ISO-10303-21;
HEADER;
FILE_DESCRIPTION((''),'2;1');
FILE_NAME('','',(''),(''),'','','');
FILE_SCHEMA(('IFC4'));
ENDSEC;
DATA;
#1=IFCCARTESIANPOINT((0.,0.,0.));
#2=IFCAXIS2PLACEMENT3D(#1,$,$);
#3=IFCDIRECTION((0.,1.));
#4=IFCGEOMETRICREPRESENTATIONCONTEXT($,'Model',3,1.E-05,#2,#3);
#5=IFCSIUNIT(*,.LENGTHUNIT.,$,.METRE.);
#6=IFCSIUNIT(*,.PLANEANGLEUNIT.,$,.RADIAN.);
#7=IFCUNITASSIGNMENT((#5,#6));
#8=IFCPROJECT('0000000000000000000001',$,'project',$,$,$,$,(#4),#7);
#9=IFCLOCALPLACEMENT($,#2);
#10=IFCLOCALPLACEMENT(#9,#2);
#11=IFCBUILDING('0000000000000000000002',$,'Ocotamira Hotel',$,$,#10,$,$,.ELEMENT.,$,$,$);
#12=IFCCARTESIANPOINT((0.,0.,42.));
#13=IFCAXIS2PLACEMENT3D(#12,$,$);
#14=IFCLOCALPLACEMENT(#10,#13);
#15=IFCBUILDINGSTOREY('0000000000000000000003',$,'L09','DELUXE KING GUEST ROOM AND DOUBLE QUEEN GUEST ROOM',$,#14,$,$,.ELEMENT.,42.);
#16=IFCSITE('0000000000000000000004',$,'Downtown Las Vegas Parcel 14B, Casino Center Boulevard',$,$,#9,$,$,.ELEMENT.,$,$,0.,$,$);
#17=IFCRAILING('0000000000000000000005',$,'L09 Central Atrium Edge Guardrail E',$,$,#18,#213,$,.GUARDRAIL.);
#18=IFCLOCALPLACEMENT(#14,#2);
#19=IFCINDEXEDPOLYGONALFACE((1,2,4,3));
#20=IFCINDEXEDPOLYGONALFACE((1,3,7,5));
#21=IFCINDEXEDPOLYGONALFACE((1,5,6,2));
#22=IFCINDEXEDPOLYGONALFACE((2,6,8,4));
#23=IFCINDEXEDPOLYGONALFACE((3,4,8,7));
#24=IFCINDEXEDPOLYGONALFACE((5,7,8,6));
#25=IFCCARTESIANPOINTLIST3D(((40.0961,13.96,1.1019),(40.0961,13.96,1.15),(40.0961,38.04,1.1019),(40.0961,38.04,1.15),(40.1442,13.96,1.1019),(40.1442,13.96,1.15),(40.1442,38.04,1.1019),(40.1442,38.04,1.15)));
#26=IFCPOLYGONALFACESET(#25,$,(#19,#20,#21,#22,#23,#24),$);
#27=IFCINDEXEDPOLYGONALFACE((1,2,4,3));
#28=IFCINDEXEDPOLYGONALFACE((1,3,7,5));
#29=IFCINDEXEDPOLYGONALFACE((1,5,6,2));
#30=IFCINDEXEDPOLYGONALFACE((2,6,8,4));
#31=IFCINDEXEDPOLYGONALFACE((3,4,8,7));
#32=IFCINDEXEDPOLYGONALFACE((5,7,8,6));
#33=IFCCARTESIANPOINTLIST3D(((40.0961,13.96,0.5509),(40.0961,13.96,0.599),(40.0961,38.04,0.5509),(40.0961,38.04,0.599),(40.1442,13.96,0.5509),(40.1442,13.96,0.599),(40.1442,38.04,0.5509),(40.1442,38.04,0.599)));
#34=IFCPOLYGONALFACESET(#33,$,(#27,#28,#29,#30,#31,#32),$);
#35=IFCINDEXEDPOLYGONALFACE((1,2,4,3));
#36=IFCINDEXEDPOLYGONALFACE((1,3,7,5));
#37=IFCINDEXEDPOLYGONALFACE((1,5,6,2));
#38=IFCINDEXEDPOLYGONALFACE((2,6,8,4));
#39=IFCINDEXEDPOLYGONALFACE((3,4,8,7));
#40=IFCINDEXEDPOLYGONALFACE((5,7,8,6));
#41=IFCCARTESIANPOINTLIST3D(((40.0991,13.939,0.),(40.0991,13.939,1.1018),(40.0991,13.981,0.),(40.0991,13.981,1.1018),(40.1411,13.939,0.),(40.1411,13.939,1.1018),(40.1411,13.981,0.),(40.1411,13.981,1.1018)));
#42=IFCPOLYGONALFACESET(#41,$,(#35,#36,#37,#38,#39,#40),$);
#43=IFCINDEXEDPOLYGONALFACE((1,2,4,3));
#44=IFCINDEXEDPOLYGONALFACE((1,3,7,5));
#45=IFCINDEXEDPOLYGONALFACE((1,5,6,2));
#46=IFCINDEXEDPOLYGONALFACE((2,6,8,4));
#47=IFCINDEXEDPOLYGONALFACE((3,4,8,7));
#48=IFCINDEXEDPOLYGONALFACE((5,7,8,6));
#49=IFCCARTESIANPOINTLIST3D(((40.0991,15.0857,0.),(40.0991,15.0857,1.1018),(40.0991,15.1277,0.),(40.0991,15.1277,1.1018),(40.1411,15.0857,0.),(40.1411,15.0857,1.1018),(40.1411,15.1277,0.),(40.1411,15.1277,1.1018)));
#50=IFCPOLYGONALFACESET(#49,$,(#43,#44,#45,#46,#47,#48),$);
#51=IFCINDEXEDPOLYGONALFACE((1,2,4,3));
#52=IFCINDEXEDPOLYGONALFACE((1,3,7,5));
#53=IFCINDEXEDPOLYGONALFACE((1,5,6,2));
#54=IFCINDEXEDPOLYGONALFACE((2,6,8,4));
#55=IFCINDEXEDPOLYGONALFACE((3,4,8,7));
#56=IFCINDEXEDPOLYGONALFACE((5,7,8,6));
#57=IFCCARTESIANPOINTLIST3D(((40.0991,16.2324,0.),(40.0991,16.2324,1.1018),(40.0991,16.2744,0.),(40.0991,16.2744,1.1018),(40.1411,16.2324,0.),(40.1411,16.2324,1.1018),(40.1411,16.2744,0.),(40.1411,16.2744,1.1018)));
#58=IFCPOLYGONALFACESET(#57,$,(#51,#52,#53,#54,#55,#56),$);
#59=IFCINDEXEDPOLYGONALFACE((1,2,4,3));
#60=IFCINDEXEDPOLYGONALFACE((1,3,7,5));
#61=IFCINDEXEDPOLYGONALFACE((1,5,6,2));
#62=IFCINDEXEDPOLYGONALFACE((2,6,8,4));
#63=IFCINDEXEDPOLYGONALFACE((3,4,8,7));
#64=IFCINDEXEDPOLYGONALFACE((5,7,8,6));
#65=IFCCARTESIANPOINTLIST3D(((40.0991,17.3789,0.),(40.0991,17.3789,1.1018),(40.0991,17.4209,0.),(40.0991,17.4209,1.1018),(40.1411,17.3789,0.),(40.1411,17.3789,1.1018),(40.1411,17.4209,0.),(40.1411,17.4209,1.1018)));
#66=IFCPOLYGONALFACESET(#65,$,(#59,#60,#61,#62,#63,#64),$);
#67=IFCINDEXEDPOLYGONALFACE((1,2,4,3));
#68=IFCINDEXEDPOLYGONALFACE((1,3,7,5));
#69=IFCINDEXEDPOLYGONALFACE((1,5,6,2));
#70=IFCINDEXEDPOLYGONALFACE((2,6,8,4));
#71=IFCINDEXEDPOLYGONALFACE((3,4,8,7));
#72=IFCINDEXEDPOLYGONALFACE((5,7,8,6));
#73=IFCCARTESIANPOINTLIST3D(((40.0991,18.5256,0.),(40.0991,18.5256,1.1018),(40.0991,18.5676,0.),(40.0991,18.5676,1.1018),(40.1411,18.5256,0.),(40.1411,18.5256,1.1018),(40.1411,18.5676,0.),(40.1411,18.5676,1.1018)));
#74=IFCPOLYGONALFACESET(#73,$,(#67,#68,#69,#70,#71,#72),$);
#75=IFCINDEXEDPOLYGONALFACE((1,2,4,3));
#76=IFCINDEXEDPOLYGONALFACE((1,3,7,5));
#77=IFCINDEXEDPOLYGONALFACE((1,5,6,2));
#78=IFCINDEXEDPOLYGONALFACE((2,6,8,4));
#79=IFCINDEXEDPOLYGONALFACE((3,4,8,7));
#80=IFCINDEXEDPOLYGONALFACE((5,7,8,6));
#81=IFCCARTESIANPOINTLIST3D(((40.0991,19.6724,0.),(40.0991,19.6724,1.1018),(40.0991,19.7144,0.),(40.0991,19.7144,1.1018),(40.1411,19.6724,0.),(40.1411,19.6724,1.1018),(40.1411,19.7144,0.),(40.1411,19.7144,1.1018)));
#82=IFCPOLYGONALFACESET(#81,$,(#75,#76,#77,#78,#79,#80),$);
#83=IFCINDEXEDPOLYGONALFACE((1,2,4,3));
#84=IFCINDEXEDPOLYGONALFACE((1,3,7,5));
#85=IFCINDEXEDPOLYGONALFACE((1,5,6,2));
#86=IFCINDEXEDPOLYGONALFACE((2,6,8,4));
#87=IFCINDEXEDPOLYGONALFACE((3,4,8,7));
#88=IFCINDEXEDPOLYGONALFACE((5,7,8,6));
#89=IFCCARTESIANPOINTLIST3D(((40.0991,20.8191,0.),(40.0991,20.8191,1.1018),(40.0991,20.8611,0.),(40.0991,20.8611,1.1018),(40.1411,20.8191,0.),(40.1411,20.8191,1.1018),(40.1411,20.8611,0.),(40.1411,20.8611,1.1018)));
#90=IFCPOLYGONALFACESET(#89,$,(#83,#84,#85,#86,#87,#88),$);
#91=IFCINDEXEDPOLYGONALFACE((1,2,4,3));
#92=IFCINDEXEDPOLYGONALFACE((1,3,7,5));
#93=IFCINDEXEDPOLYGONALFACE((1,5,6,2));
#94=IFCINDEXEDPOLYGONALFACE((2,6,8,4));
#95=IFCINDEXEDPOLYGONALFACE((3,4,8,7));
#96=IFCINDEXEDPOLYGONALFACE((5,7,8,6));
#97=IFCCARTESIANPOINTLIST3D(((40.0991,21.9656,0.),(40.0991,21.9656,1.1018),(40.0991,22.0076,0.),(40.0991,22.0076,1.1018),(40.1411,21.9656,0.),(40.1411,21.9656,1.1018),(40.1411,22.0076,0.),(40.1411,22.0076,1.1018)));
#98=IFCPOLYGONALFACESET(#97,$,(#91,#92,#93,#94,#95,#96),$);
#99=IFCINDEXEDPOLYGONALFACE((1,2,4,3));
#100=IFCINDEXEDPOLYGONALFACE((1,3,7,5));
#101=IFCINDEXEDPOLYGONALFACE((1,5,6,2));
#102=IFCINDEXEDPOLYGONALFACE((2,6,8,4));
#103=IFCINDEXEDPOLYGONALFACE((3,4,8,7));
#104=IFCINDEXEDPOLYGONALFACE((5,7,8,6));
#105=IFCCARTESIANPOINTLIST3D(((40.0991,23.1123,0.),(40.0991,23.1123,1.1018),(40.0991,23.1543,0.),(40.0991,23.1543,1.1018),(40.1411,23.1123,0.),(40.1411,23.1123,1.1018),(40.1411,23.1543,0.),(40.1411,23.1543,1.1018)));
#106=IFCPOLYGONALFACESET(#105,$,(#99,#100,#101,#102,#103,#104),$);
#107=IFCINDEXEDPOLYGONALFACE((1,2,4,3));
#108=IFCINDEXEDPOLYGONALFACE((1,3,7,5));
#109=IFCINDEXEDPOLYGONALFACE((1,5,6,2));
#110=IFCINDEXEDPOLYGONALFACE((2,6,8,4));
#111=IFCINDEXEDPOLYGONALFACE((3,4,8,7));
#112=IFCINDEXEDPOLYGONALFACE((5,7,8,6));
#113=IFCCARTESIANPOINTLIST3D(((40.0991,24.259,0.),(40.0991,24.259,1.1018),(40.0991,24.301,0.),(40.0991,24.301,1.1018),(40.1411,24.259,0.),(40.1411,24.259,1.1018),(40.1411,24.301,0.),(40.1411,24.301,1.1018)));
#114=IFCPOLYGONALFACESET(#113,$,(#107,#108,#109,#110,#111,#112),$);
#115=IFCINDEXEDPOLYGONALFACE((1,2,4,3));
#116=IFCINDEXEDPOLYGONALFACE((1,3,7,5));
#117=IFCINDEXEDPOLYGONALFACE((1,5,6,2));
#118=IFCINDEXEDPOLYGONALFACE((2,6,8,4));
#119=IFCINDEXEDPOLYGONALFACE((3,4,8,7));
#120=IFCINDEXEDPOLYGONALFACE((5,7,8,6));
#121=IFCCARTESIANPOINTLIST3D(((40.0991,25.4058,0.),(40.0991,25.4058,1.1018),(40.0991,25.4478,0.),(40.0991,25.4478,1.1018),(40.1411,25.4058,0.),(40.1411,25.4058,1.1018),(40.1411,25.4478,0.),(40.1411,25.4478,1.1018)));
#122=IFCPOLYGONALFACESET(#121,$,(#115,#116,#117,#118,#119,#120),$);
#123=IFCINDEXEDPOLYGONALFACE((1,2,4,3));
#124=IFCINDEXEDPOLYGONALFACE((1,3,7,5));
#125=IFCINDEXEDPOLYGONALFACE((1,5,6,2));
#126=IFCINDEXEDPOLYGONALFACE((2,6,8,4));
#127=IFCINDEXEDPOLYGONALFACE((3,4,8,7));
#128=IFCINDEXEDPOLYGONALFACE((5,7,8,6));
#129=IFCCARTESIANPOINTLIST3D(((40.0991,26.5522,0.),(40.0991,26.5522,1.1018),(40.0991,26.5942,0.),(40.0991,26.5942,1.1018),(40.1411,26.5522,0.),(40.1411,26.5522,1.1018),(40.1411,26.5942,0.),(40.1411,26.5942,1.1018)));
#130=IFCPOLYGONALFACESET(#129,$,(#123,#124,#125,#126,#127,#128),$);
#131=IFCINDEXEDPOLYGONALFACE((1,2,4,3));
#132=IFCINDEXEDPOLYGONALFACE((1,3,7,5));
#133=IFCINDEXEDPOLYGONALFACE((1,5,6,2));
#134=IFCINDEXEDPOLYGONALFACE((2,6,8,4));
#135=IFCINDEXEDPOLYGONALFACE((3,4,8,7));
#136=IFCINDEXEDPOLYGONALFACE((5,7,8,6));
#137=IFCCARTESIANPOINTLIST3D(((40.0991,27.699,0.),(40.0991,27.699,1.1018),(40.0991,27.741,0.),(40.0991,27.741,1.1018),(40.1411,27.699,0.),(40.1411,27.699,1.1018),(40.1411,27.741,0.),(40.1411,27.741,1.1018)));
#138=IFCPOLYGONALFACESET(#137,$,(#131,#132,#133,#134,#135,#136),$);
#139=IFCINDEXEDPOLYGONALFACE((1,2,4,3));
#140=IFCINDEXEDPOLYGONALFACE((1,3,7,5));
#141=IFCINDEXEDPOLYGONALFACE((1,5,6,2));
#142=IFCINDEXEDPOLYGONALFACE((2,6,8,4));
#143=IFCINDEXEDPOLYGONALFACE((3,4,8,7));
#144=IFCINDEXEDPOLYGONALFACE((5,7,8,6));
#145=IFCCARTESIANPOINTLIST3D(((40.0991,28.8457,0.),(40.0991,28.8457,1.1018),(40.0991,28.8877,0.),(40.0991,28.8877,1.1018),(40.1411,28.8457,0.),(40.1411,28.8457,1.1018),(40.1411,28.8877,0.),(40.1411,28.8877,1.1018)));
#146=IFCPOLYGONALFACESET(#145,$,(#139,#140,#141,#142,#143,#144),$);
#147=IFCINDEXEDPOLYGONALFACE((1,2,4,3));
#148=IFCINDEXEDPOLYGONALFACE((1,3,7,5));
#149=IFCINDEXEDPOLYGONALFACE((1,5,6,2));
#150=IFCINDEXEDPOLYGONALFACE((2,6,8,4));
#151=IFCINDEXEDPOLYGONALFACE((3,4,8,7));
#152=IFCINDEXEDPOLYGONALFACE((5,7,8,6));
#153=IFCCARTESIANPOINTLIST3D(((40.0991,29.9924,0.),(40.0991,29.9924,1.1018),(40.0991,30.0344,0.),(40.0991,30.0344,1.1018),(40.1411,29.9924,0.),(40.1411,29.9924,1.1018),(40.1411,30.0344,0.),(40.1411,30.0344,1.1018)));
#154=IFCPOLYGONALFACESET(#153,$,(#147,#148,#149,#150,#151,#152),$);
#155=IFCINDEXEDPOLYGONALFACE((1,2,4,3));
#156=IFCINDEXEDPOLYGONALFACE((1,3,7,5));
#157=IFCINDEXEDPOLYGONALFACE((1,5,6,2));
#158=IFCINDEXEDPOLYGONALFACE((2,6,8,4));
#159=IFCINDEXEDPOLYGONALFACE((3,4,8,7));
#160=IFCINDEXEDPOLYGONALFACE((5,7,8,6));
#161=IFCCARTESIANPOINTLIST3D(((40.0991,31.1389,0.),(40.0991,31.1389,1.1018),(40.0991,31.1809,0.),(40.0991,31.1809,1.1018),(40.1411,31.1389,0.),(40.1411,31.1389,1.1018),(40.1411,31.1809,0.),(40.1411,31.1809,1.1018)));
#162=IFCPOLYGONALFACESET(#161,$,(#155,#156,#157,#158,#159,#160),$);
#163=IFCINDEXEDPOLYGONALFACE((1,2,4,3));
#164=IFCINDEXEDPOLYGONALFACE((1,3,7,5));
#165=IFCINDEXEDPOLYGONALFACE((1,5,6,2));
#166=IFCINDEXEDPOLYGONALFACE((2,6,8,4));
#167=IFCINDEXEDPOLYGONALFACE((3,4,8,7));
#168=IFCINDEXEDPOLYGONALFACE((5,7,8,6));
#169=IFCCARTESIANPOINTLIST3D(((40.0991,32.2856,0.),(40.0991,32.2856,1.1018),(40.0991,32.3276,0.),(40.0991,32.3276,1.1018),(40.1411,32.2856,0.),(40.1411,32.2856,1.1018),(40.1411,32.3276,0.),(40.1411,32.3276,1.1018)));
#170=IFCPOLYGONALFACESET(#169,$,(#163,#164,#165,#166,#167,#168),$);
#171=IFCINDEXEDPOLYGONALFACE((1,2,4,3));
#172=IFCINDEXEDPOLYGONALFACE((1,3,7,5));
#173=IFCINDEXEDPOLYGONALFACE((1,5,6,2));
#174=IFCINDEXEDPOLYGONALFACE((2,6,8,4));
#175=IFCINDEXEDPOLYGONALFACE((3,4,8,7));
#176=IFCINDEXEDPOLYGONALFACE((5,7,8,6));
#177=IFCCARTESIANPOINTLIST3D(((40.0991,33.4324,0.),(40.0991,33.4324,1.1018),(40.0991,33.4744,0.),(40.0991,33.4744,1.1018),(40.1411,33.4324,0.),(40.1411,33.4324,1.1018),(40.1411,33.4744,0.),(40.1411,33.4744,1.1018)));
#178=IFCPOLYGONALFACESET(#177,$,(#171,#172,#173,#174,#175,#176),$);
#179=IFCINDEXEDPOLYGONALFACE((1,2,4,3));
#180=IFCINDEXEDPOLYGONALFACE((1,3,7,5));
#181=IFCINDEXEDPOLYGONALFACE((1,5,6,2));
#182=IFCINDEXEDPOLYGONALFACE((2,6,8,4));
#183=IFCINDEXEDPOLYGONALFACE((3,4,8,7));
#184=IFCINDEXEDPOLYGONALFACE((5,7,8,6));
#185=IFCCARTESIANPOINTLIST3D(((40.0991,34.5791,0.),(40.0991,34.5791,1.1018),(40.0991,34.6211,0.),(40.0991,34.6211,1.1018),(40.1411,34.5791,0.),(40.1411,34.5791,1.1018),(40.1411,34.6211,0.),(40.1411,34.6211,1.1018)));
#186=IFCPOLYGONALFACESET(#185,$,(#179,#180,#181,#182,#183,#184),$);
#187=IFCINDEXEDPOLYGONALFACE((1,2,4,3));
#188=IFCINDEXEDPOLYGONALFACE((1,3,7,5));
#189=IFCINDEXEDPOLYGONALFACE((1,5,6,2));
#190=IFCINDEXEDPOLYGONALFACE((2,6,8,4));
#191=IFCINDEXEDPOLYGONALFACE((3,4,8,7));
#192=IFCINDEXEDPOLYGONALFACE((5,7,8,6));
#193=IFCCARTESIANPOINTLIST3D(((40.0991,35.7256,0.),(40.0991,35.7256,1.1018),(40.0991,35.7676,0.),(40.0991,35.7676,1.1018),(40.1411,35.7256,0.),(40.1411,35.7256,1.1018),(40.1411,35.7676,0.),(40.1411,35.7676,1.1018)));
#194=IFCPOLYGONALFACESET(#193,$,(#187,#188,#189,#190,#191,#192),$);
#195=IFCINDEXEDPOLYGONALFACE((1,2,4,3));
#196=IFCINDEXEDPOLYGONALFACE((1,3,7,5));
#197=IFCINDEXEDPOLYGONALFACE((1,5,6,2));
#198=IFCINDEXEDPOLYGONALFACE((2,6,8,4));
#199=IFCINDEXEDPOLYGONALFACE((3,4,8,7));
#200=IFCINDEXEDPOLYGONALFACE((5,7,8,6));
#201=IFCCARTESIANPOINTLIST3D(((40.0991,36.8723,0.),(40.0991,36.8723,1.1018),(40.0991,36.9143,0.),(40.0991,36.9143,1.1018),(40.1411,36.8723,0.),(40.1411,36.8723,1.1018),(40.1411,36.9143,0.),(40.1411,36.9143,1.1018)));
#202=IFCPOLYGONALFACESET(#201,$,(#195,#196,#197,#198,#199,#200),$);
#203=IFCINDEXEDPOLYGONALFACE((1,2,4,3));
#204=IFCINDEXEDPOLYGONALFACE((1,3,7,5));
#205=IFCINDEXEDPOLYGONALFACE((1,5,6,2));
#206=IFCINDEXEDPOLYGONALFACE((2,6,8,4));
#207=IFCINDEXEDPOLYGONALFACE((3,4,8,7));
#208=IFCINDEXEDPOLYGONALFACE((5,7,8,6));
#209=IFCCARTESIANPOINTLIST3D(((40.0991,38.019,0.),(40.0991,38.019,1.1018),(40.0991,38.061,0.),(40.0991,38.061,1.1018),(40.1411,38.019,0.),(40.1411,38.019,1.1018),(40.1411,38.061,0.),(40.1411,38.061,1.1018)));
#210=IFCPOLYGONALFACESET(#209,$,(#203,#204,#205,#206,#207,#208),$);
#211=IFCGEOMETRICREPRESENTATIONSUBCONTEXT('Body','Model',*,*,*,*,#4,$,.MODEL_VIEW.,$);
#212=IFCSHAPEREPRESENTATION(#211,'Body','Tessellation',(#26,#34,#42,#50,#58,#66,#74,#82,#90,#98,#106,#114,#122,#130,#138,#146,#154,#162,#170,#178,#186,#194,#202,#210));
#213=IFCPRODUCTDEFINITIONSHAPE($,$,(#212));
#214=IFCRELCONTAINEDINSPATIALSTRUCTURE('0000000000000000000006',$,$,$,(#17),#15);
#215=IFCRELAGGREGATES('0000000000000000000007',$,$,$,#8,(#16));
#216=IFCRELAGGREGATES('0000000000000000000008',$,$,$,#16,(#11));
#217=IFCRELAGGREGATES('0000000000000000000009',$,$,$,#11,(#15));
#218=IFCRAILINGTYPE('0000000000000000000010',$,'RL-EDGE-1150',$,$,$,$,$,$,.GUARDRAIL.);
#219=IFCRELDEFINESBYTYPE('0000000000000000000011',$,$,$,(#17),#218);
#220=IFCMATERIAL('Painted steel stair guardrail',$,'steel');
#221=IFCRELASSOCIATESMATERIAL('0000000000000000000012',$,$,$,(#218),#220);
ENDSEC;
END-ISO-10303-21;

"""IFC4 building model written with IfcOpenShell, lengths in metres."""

from ifc_helpers import new_model, si_unit, direction, frame, origin, origin_2d, place, context, subcontext, project, spatial, rectangle, extrude, material, type_object, element, save


model = new_model("IFC4")

# Units and contexts
model_context = context("Model", 3, precision=1e-05, world=origin(), true_north=direction((0.0, 1.0)))
body_context = subcontext(model_context, "Body", "Model", "MODEL_VIEW")
ifc_project = project(units=[si_unit("LENGTHUNIT", "METRE"), si_unit("PLANEANGLEUNIT", "RADIAN")], contexts=[model_context])

# Site, building, storey
site_placement = place(None, origin())
site = spatial("IfcSite", under=ifc_project, at=site_placement, Name="Downtown Las Vegas Parcel 14B, Casino Center Boulevard", CompositionType="ELEMENT", RefElevation=0.0)
building_placement = place(site_placement, origin())
building = spatial("IfcBuilding", under=site, at=building_placement, Name="Ocotamira Hotel", CompositionType="ELEMENT")
storey_placement = place(building_placement, frame((0.0, 0.0, 42.0)))
storey = spatial("IfcBuildingStorey", under=building, at=storey_placement, Name="L09", Description="DELUXE KING GUEST ROOM AND DOUBLE QUEEN GUEST ROOM", CompositionType="ELEMENT", Elevation=42.0)

# Railing
ifc_material_1 = material(Name="Painted steel stair guardrail", Category="steel")
railing_type = type_object("IfcRailingType", Name="RL-EDGE-1150", PredefinedType="GUARDRAIL", material=ifc_material_1)
railing_placement = place(storey_placement, frame((40.1201, 13.96, 0.0)))
element("IfcRailing", 1, at=railing_placement, inside=storey, type_object=railing_type, Name="L09 Central Atrium Edge Guardrail E", PredefinedType="GUARDRAIL", context=body_context, shape_type="SweptSolid", body=[
    extrude(rectangle(XDim=0.0481, YDim=0.0481, at=origin_2d()), frame((0.0, 0.0, 1.126), z_axis=(0.0, 1.0, 0.0), x_axis=(-1.0, 0.0, 0.0)), (0.0, 0.0, 1.0), 24.0801),
    extrude(rectangle(XDim=0.0481, YDim=0.0481, at=origin_2d()), frame((0.0, 0.0, 0.575), z_axis=(0.0, 1.0, 0.0), x_axis=(-1.0, 0.0, 0.0)), (0.0, 0.0, 1.0), 24.0801),
    extrude(rectangle(XDim=0.042, YDim=0.042, at=origin_2d()), origin(), (0.0, 0.0, 1.0), 1.1018),
    extrude(rectangle(XDim=0.042, YDim=0.042, at=origin_2d()), frame((0.0, 1.1467, 0.0)), (0.0, 0.0, 1.0), 1.1018),
    extrude(rectangle(XDim=0.042, YDim=0.042, at=origin_2d()), frame((0.0, 2.2935, 0.0)), (0.0, 0.0, 1.0), 1.1018),
    extrude(rectangle(XDim=0.042, YDim=0.042, at=origin_2d()), frame((0.0, 3.4399, 0.0)), (0.0, 0.0, 1.0), 1.1018),
    extrude(rectangle(XDim=0.042, YDim=0.042, at=origin_2d()), frame((0.0, 4.5867, 0.0)), (0.0, 0.0, 1.0), 1.1018),
    extrude(rectangle(XDim=0.042, YDim=0.042, at=origin_2d()), frame((0.0, 5.7334, 0.0)), (0.0, 0.0, 1.0), 1.1018),
    extrude(rectangle(XDim=0.042, YDim=0.042, at=origin_2d()), frame((0.0, 6.8801, 0.0)), (0.0, 0.0, 1.0), 1.1018),
    extrude(rectangle(XDim=0.042, YDim=0.042, at=origin_2d()), frame((0.0, 8.0266, 0.0)), (0.0, 0.0, 1.0), 1.1018),
    extrude(rectangle(XDim=0.042, YDim=0.042, at=origin_2d()), frame((0.0, 9.1733, 0.0)), (0.0, 0.0, 1.0), 1.1018),
    extrude(rectangle(XDim=0.042, YDim=0.042, at=origin_2d()), frame((0.0, 10.3201, 0.0)), (0.0, 0.0, 1.0), 1.1018),
    extrude(rectangle(XDim=0.042, YDim=0.042, at=origin_2d()), frame((0.0, 11.4668, 0.0)), (0.0, 0.0, 1.0), 1.1018),
    extrude(rectangle(XDim=0.042, YDim=0.042, at=origin_2d()), frame((0.0, 12.6133, 0.0)), (0.0, 0.0, 1.0), 1.1018),
    extrude(rectangle(XDim=0.042, YDim=0.042, at=origin_2d()), frame((0.0, 13.76, 0.0)), (0.0, 0.0, 1.0), 1.1018),
    extrude(rectangle(XDim=0.042, YDim=0.042, at=origin_2d()), frame((0.0, 14.9067, 0.0)), (0.0, 0.0, 1.0), 1.1018),
    extrude(rectangle(XDim=0.042, YDim=0.042, at=origin_2d()), frame((0.0, 16.0535, 0.0)), (0.0, 0.0, 1.0), 1.1018),
    extrude(rectangle(XDim=0.042, YDim=0.042, at=origin_2d()), frame((0.0, 17.2, 0.0)), (0.0, 0.0, 1.0), 1.1018),
    extrude(rectangle(XDim=0.042, YDim=0.042, at=origin_2d()), frame((0.0, 18.3467, 0.0)), (0.0, 0.0, 1.0), 1.1018),
    extrude(rectangle(XDim=0.042, YDim=0.042, at=origin_2d()), frame((0.0, 19.4934, 0.0)), (0.0, 0.0, 1.0), 1.1018),
    extrude(rectangle(XDim=0.042, YDim=0.042, at=origin_2d()), frame((0.0, 20.6401, 0.0)), (0.0, 0.0, 1.0), 1.1018),
    extrude(rectangle(XDim=0.042, YDim=0.042, at=origin_2d()), frame((0.0, 21.7866, 0.0)), (0.0, 0.0, 1.0), 1.1018),
    extrude(rectangle(XDim=0.042, YDim=0.042, at=origin_2d()), frame((0.0, 22.9333, 0.0)), (0.0, 0.0, 1.0), 1.1018),
    extrude(rectangle(XDim=0.042, YDim=0.042, at=origin_2d()), frame((0.0, 24.0801, 0.0)), (0.0, 0.0, 1.0), 1.1018),
])

save(model, "model.ifc")
